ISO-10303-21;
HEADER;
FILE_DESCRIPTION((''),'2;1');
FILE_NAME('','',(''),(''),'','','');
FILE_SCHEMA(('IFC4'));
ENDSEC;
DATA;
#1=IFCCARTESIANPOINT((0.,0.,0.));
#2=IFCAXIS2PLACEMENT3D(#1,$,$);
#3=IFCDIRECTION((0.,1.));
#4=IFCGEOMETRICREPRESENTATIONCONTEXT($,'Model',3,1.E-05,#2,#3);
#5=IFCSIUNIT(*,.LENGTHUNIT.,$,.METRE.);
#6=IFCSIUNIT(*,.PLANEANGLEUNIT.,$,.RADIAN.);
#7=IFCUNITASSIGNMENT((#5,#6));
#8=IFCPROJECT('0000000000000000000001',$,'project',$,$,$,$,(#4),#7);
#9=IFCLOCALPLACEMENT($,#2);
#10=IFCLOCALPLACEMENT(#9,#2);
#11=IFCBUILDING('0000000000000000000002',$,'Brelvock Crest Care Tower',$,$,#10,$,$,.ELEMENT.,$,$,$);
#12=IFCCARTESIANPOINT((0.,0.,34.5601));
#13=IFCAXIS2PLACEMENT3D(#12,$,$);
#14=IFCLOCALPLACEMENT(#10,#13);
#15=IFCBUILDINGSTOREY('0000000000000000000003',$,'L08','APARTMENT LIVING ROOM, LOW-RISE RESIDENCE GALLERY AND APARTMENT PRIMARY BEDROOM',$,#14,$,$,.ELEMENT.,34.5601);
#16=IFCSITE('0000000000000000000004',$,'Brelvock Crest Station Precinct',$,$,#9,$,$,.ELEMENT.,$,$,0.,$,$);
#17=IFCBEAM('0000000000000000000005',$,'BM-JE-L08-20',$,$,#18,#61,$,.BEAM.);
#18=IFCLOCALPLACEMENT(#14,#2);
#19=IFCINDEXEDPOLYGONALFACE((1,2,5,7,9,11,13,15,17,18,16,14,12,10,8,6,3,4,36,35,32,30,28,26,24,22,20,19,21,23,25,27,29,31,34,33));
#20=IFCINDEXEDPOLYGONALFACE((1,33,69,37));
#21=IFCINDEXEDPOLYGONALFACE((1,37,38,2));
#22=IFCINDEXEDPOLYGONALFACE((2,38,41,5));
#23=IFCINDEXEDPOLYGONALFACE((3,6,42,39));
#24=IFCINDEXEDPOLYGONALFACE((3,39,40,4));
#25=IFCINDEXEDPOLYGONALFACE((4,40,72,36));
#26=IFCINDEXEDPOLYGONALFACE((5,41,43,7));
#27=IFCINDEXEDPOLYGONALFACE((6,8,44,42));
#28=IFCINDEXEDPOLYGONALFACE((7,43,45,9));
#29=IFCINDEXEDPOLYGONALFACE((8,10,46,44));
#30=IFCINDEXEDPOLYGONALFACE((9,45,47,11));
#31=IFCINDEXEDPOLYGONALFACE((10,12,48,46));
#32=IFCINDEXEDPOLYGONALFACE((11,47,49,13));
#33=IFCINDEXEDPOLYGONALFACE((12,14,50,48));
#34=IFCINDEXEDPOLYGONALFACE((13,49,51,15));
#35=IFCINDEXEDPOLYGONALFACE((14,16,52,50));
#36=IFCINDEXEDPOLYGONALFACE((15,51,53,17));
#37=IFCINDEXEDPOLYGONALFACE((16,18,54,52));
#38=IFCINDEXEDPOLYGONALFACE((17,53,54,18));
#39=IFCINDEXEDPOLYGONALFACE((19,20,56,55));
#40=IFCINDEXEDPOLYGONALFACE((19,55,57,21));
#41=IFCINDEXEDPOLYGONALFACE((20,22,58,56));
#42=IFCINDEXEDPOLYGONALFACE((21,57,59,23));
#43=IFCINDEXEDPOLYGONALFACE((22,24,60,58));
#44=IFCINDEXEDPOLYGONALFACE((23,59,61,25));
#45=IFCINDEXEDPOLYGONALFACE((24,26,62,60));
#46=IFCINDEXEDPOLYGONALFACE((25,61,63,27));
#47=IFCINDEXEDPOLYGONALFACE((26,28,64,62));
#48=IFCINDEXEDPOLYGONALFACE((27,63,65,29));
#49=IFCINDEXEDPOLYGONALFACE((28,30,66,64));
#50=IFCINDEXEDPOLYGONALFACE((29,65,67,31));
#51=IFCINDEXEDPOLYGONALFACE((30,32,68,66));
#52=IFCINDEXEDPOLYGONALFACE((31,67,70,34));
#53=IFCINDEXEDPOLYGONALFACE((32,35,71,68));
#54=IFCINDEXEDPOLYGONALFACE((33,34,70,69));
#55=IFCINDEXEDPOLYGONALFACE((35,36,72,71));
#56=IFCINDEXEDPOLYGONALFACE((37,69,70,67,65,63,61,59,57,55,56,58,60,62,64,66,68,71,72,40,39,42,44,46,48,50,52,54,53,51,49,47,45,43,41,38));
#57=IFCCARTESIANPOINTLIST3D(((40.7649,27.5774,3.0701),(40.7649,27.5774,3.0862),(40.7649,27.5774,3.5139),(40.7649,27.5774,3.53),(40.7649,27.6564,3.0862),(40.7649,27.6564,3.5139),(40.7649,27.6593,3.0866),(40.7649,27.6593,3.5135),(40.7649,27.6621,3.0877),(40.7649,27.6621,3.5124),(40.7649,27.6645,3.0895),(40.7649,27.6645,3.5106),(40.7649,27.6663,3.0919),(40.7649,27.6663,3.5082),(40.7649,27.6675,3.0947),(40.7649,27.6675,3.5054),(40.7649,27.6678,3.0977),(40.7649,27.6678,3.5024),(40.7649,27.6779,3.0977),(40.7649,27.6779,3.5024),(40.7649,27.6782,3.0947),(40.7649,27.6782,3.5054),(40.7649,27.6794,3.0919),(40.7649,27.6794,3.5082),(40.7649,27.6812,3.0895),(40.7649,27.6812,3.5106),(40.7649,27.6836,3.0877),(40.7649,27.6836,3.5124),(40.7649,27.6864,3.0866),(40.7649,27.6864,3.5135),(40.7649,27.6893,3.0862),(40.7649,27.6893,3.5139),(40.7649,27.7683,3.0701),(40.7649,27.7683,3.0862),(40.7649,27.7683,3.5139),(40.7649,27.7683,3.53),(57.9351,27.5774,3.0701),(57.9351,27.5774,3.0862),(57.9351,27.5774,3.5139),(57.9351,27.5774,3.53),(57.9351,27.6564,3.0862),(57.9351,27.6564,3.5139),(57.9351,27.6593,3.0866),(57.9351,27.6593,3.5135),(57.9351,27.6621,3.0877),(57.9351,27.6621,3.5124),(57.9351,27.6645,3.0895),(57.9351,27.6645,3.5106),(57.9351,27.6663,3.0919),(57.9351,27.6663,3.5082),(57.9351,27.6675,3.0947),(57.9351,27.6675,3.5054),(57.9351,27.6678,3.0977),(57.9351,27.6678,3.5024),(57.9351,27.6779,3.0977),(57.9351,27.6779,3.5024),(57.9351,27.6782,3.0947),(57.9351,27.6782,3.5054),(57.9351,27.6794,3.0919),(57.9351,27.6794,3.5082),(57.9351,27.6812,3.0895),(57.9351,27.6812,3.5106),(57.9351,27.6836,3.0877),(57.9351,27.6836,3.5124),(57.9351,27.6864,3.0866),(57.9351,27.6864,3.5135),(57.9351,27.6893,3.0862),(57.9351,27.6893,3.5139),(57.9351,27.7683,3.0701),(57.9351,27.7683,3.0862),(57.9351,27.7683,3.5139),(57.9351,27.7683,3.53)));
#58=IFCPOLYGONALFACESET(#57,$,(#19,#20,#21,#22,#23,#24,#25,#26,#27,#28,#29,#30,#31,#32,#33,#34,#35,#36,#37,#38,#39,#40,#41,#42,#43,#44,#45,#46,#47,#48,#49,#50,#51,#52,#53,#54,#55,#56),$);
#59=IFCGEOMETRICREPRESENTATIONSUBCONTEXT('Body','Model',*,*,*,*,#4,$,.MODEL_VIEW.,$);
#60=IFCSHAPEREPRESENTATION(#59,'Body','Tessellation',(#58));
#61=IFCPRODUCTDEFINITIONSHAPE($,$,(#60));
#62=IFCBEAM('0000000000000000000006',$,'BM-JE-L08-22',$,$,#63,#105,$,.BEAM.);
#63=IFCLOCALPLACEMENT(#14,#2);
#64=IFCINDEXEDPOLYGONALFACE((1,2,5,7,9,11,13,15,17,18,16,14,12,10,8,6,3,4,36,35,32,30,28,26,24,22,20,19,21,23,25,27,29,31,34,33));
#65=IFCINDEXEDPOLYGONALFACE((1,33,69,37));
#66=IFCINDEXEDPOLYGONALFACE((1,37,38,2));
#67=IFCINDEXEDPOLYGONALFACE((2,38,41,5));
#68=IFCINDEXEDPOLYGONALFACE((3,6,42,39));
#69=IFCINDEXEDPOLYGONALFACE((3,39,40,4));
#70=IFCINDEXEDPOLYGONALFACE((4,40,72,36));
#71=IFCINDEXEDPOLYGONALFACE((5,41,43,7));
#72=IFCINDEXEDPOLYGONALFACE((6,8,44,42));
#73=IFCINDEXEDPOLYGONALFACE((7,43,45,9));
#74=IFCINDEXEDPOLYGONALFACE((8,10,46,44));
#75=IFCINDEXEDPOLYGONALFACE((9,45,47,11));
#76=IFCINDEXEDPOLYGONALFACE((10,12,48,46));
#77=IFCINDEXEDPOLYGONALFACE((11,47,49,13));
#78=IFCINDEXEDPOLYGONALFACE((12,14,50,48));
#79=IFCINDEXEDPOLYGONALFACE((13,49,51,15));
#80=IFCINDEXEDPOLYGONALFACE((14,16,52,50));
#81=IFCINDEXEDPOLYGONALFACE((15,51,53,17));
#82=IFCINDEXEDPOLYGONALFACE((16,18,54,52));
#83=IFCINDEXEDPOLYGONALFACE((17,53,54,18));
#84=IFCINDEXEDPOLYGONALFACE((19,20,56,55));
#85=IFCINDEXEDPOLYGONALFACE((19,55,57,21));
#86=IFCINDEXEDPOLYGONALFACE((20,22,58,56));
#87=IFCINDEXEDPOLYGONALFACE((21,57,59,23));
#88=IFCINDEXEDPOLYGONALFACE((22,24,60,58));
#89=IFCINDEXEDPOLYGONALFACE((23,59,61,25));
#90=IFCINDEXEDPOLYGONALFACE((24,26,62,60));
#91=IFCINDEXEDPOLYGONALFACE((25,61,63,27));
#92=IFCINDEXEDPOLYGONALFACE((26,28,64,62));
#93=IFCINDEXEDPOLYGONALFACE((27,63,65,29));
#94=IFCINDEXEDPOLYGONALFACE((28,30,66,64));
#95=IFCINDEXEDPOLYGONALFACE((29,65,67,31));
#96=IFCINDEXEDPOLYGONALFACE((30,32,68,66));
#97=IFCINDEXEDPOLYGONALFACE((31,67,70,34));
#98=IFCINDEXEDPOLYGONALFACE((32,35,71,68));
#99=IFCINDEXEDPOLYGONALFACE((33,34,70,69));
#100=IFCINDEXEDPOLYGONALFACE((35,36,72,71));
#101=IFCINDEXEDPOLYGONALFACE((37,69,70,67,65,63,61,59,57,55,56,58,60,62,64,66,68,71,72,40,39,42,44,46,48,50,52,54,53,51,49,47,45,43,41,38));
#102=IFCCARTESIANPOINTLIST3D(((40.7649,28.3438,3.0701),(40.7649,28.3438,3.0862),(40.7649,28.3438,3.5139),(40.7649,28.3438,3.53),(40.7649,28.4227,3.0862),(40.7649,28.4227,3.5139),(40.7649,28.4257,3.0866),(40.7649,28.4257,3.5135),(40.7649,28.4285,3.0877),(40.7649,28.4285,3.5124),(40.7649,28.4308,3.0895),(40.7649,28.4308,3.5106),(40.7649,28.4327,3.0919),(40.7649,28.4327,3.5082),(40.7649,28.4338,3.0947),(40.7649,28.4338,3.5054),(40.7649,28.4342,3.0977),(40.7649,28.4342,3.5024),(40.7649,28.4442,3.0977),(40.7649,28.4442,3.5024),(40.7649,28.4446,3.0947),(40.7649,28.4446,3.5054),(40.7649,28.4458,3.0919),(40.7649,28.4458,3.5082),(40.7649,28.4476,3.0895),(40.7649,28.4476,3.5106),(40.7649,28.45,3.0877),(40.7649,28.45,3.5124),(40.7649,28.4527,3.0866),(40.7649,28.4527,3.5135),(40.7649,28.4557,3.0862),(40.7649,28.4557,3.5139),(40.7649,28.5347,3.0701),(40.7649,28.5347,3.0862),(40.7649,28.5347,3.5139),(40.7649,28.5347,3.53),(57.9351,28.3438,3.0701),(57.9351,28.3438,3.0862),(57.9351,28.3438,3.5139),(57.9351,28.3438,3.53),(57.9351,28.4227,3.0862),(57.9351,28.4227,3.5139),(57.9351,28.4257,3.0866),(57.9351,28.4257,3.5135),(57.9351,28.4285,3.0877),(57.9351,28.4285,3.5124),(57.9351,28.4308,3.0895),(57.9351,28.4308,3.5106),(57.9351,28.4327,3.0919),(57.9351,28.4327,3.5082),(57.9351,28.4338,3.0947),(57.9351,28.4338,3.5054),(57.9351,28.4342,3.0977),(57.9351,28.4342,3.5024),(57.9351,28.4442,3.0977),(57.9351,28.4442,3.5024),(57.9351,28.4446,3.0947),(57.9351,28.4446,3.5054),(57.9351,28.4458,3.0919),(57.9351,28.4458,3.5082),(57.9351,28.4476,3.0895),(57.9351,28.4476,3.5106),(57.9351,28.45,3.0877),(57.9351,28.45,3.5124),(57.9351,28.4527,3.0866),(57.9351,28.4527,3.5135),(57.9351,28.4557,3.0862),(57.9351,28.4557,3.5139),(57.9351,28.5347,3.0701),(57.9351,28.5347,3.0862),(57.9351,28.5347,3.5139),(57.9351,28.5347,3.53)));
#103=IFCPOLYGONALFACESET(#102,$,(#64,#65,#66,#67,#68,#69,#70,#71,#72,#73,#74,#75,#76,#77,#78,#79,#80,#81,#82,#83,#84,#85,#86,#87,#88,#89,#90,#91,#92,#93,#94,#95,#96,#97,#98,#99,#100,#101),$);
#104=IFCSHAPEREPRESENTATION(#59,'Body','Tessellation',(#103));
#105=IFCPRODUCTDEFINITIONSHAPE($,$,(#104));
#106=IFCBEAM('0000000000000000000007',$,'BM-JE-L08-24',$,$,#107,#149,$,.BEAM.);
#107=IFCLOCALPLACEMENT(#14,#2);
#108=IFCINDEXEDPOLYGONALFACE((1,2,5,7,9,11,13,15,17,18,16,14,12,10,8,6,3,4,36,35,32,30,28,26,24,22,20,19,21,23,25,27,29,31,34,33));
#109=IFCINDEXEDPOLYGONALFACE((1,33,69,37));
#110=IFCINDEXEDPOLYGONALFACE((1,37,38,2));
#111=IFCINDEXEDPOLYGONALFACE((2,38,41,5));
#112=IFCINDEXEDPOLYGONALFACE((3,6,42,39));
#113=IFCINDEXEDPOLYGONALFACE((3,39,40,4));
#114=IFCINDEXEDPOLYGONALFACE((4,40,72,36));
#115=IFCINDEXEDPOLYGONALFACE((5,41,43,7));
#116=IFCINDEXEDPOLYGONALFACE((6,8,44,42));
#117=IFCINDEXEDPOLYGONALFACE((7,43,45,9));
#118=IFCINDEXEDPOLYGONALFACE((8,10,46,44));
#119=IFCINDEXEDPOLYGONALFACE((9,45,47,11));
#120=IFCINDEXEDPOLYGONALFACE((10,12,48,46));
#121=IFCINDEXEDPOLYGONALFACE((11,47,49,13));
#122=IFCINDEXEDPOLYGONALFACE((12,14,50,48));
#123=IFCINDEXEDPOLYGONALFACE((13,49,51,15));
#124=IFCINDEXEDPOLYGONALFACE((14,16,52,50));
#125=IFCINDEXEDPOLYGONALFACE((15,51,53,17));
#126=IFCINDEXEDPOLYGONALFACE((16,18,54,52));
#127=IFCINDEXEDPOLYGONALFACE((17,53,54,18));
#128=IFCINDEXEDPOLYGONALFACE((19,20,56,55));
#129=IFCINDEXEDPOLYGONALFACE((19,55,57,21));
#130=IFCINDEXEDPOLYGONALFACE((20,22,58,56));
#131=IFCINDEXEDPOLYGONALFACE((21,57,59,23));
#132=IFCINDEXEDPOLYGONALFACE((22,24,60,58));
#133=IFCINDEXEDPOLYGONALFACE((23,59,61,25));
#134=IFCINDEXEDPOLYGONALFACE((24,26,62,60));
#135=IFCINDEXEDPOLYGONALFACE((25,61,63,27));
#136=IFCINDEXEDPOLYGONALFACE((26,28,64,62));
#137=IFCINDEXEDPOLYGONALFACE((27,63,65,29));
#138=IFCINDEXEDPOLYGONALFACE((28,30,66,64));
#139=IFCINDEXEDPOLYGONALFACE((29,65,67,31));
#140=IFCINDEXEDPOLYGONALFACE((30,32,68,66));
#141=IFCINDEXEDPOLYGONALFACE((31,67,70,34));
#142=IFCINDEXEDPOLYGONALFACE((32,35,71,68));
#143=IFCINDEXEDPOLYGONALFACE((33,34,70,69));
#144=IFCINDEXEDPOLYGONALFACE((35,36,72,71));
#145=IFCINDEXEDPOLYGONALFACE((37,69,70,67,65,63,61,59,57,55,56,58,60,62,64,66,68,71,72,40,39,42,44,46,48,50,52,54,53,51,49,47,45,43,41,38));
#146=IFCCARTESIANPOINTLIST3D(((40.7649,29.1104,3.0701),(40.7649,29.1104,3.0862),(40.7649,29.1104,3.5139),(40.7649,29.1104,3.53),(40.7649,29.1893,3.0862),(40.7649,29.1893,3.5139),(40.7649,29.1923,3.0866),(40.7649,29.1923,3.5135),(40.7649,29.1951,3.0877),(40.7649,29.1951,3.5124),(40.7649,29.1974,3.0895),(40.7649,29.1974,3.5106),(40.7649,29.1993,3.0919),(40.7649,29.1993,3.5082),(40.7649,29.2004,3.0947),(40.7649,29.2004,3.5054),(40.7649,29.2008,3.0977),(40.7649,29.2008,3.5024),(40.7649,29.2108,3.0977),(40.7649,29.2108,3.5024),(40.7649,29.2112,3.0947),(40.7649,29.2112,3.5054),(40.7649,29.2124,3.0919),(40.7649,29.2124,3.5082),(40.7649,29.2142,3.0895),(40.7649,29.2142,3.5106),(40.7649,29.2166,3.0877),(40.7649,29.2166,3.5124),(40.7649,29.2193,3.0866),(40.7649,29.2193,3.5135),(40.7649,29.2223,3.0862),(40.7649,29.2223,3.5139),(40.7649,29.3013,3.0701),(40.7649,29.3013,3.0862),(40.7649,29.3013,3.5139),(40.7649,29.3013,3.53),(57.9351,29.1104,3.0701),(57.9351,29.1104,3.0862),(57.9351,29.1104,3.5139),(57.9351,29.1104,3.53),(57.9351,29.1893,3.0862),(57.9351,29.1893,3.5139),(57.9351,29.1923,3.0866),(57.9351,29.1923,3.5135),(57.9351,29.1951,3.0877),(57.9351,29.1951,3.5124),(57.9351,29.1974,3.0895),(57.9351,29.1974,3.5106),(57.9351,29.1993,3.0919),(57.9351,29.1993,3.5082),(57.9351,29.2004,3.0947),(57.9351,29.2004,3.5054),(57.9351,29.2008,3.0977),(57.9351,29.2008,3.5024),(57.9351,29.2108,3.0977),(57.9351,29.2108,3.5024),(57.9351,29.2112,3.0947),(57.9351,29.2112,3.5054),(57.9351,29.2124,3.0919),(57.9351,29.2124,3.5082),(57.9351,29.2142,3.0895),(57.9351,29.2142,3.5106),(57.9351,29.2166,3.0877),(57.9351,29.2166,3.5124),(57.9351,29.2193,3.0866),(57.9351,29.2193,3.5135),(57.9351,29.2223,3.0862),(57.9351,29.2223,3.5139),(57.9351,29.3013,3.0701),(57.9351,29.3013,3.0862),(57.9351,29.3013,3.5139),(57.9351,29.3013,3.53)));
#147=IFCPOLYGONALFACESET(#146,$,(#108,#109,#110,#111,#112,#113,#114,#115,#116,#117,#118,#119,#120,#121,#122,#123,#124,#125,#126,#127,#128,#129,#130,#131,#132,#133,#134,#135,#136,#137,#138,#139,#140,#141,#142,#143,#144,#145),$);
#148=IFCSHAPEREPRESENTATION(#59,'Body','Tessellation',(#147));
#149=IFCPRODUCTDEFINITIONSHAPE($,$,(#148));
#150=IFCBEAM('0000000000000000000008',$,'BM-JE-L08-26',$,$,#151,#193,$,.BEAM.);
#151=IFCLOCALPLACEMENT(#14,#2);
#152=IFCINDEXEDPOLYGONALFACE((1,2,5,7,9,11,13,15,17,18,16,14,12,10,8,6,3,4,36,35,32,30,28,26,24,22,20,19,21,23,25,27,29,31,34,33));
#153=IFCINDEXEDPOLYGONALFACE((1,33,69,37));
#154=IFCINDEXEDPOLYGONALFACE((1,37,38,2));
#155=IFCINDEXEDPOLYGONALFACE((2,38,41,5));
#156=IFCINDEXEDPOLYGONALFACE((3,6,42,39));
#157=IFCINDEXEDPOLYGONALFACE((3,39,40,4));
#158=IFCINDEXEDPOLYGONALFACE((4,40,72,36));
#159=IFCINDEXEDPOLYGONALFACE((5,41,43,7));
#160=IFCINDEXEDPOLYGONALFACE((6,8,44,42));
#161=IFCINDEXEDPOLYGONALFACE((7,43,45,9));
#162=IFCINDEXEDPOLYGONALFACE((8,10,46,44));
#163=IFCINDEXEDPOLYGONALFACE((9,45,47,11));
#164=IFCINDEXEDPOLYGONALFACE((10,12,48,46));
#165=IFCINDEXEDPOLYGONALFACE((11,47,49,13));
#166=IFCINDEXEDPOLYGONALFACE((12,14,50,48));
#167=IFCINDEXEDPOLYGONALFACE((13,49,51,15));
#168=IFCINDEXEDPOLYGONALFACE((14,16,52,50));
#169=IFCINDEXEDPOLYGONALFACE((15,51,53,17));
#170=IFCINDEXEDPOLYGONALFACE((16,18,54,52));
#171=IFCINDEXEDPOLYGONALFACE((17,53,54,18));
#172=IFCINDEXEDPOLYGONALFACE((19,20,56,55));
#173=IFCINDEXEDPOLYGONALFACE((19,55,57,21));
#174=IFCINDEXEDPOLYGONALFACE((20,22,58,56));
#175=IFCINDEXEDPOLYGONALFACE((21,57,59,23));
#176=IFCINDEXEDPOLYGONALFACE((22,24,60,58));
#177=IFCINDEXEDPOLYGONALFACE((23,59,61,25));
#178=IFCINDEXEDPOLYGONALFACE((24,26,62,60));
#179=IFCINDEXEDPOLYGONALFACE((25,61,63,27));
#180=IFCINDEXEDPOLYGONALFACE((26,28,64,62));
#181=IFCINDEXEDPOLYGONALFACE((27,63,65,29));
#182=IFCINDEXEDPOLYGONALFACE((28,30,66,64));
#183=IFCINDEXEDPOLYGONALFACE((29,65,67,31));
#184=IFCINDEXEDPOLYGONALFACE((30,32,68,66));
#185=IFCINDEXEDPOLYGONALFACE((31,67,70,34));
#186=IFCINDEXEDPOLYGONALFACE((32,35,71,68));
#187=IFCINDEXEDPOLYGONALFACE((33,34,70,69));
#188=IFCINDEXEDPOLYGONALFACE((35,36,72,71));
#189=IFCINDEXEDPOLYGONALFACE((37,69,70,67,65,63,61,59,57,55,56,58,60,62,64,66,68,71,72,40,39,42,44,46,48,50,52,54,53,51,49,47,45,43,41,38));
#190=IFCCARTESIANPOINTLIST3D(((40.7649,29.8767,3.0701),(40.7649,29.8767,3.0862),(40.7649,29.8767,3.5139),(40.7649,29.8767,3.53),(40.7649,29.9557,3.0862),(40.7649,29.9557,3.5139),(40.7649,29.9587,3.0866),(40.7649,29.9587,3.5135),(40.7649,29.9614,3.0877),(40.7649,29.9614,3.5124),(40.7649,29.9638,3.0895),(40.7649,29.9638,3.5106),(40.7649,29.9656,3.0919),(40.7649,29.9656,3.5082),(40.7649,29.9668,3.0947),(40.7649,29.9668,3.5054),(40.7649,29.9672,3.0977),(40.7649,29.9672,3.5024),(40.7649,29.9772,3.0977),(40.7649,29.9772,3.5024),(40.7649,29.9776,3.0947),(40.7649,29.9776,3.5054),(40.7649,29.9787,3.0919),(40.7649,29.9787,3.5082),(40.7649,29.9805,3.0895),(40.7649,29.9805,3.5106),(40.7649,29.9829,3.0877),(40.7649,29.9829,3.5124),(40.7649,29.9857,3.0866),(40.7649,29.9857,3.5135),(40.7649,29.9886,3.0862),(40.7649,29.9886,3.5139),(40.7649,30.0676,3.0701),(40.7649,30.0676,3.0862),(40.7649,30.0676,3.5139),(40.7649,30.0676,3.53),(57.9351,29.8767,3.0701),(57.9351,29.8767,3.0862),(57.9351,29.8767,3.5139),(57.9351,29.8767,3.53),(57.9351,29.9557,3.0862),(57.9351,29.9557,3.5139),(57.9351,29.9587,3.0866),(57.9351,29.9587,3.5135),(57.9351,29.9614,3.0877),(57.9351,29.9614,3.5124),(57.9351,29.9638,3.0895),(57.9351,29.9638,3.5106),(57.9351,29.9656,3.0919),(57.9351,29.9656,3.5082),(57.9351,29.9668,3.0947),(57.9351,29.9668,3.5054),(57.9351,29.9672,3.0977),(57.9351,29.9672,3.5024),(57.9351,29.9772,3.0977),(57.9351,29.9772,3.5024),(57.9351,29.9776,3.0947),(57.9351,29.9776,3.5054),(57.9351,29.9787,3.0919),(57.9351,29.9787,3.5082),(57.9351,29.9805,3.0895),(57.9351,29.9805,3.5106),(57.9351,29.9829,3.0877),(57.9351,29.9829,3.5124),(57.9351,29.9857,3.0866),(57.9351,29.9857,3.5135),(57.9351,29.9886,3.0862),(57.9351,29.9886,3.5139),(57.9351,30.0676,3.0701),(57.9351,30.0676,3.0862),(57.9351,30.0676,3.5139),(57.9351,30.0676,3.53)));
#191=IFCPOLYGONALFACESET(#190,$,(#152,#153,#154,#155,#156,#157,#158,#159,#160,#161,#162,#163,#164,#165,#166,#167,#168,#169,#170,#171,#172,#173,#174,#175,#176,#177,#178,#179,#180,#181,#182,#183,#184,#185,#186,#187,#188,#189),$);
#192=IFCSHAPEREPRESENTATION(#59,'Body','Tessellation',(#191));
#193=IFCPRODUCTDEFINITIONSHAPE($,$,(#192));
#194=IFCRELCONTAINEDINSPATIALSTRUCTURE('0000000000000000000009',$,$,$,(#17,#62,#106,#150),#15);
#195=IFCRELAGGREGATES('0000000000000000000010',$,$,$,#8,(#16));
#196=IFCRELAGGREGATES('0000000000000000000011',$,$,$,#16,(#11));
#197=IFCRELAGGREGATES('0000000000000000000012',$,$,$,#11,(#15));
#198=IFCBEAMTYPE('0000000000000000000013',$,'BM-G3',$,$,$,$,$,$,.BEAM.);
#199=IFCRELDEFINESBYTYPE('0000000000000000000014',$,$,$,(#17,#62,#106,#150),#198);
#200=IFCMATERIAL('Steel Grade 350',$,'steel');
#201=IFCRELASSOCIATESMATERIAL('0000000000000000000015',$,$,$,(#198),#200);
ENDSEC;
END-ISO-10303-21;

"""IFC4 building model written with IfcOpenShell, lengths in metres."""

from ifc_helpers import new_model, si_unit, direction, frame, origin, origin_2d, place, context, subcontext, project, spatial, i_section, extrude, source, transform, mapped, material, material_profile, profile_set, type_object, element, save


model = new_model("IFC4")

# Units and contexts
model_context = context("Model", 3, precision=1e-05, world=origin(), true_north=direction((0.0, 1.0)))
body_context = subcontext(model_context, "Body", "Model", "MODEL_VIEW")
ifc_project = project(units=[si_unit("LENGTHUNIT", "METRE"), si_unit("PLANEANGLEUNIT", "RADIAN")], contexts=[model_context])

# Site, building, storey
site_placement = place(None, origin())
site = spatial("IfcSite", under=ifc_project, at=site_placement, Name="Brelvock Crest Station Precinct", CompositionType="ELEMENT", RefElevation=0.0)
building_placement = place(site_placement, origin())
building = spatial("IfcBuilding", under=site, at=building_placement, Name="Brelvock Crest Care Tower", CompositionType="ELEMENT")
storey_placement = place(building_placement, frame((0.0, 0.0, 34.5601)))
storey = spatial("IfcBuildingStorey", under=building, at=storey_placement, Name="L08", Description="APARTMENT LIVING ROOM, LOW-RISE RESIDENCE GALLERY AND APARTMENT PRIMARY BEDROOM", CompositionType="ELEMENT", Elevation=34.5601)

# Beams
ifc_material_1 = material(Name="Steel Grade 350", Category="steel")
ifc_material_profile_1 = material_profile(ifc_material_1, i_section(OverallWidth=0.1909, OverallDepth=0.46, WebThickness=0.01, FlangeThickness=0.0161, FilletRadius=0.0115, at=origin_2d()), Name="460UB82.1")
ifc_profile_set_1 = profile_set([ifc_material_profile_1], Name="Steel Grade 350")
beam_type_1 = type_object("IfcBeamType", Name="BM-G3", PredefinedType="BEAM", material=ifc_profile_set_1)
shared_shape_1 = source(origin(), body_context, "Body", "SweptSolid", [
    extrude(i_section(OverallWidth=0.1909, OverallDepth=0.46, WebThickness=0.01, FlangeThickness=0.0161, FilletRadius=0.0115, at=origin_2d()), origin(), (0.0, 0.0, 1.0), 17.1702),
])
for number, where, z_axis, x_axis, name in (
    (1, (40.7649, 27.6729, 3.3), (1.0, 0.0, 0.0), (0.0, 1.0, 0.0), "BM-JE-L08-20"),
    (2, (40.7649, 28.4392, 3.3), (1.0, 0.0, 0.0), (0.0, 1.0, 0.0), "BM-JE-L08-22"),
    (3, (40.7649, 29.2058, 3.3), (1.0, 0.0, 0.0), (0.0, 1.0, 0.0), "BM-JE-L08-24"),
    (4, (40.7649, 29.9722, 3.3), (1.0, 0.0, 0.0), (0.0, 1.0, 0.0), "BM-JE-L08-26"),
):
    element("IfcBeam", number, at=place(storey_placement, frame(where, z_axis=z_axis, x_axis=x_axis)), inside=storey, type_object=beam_type_1, Name=name, PredefinedType="BEAM", context=body_context, shape_type="MappedRepresentation", body=[
        mapped(shared_shape_1, transform((0.0, 0.0, 0.0), x_axis=(1.0, 0.0, 0.0), y_axis=(0.0, 1.0, 0.0), z_axis=(0.0, 0.0, 1.0), scale=1.0)),
    ])

save(model, "model.ifc")
